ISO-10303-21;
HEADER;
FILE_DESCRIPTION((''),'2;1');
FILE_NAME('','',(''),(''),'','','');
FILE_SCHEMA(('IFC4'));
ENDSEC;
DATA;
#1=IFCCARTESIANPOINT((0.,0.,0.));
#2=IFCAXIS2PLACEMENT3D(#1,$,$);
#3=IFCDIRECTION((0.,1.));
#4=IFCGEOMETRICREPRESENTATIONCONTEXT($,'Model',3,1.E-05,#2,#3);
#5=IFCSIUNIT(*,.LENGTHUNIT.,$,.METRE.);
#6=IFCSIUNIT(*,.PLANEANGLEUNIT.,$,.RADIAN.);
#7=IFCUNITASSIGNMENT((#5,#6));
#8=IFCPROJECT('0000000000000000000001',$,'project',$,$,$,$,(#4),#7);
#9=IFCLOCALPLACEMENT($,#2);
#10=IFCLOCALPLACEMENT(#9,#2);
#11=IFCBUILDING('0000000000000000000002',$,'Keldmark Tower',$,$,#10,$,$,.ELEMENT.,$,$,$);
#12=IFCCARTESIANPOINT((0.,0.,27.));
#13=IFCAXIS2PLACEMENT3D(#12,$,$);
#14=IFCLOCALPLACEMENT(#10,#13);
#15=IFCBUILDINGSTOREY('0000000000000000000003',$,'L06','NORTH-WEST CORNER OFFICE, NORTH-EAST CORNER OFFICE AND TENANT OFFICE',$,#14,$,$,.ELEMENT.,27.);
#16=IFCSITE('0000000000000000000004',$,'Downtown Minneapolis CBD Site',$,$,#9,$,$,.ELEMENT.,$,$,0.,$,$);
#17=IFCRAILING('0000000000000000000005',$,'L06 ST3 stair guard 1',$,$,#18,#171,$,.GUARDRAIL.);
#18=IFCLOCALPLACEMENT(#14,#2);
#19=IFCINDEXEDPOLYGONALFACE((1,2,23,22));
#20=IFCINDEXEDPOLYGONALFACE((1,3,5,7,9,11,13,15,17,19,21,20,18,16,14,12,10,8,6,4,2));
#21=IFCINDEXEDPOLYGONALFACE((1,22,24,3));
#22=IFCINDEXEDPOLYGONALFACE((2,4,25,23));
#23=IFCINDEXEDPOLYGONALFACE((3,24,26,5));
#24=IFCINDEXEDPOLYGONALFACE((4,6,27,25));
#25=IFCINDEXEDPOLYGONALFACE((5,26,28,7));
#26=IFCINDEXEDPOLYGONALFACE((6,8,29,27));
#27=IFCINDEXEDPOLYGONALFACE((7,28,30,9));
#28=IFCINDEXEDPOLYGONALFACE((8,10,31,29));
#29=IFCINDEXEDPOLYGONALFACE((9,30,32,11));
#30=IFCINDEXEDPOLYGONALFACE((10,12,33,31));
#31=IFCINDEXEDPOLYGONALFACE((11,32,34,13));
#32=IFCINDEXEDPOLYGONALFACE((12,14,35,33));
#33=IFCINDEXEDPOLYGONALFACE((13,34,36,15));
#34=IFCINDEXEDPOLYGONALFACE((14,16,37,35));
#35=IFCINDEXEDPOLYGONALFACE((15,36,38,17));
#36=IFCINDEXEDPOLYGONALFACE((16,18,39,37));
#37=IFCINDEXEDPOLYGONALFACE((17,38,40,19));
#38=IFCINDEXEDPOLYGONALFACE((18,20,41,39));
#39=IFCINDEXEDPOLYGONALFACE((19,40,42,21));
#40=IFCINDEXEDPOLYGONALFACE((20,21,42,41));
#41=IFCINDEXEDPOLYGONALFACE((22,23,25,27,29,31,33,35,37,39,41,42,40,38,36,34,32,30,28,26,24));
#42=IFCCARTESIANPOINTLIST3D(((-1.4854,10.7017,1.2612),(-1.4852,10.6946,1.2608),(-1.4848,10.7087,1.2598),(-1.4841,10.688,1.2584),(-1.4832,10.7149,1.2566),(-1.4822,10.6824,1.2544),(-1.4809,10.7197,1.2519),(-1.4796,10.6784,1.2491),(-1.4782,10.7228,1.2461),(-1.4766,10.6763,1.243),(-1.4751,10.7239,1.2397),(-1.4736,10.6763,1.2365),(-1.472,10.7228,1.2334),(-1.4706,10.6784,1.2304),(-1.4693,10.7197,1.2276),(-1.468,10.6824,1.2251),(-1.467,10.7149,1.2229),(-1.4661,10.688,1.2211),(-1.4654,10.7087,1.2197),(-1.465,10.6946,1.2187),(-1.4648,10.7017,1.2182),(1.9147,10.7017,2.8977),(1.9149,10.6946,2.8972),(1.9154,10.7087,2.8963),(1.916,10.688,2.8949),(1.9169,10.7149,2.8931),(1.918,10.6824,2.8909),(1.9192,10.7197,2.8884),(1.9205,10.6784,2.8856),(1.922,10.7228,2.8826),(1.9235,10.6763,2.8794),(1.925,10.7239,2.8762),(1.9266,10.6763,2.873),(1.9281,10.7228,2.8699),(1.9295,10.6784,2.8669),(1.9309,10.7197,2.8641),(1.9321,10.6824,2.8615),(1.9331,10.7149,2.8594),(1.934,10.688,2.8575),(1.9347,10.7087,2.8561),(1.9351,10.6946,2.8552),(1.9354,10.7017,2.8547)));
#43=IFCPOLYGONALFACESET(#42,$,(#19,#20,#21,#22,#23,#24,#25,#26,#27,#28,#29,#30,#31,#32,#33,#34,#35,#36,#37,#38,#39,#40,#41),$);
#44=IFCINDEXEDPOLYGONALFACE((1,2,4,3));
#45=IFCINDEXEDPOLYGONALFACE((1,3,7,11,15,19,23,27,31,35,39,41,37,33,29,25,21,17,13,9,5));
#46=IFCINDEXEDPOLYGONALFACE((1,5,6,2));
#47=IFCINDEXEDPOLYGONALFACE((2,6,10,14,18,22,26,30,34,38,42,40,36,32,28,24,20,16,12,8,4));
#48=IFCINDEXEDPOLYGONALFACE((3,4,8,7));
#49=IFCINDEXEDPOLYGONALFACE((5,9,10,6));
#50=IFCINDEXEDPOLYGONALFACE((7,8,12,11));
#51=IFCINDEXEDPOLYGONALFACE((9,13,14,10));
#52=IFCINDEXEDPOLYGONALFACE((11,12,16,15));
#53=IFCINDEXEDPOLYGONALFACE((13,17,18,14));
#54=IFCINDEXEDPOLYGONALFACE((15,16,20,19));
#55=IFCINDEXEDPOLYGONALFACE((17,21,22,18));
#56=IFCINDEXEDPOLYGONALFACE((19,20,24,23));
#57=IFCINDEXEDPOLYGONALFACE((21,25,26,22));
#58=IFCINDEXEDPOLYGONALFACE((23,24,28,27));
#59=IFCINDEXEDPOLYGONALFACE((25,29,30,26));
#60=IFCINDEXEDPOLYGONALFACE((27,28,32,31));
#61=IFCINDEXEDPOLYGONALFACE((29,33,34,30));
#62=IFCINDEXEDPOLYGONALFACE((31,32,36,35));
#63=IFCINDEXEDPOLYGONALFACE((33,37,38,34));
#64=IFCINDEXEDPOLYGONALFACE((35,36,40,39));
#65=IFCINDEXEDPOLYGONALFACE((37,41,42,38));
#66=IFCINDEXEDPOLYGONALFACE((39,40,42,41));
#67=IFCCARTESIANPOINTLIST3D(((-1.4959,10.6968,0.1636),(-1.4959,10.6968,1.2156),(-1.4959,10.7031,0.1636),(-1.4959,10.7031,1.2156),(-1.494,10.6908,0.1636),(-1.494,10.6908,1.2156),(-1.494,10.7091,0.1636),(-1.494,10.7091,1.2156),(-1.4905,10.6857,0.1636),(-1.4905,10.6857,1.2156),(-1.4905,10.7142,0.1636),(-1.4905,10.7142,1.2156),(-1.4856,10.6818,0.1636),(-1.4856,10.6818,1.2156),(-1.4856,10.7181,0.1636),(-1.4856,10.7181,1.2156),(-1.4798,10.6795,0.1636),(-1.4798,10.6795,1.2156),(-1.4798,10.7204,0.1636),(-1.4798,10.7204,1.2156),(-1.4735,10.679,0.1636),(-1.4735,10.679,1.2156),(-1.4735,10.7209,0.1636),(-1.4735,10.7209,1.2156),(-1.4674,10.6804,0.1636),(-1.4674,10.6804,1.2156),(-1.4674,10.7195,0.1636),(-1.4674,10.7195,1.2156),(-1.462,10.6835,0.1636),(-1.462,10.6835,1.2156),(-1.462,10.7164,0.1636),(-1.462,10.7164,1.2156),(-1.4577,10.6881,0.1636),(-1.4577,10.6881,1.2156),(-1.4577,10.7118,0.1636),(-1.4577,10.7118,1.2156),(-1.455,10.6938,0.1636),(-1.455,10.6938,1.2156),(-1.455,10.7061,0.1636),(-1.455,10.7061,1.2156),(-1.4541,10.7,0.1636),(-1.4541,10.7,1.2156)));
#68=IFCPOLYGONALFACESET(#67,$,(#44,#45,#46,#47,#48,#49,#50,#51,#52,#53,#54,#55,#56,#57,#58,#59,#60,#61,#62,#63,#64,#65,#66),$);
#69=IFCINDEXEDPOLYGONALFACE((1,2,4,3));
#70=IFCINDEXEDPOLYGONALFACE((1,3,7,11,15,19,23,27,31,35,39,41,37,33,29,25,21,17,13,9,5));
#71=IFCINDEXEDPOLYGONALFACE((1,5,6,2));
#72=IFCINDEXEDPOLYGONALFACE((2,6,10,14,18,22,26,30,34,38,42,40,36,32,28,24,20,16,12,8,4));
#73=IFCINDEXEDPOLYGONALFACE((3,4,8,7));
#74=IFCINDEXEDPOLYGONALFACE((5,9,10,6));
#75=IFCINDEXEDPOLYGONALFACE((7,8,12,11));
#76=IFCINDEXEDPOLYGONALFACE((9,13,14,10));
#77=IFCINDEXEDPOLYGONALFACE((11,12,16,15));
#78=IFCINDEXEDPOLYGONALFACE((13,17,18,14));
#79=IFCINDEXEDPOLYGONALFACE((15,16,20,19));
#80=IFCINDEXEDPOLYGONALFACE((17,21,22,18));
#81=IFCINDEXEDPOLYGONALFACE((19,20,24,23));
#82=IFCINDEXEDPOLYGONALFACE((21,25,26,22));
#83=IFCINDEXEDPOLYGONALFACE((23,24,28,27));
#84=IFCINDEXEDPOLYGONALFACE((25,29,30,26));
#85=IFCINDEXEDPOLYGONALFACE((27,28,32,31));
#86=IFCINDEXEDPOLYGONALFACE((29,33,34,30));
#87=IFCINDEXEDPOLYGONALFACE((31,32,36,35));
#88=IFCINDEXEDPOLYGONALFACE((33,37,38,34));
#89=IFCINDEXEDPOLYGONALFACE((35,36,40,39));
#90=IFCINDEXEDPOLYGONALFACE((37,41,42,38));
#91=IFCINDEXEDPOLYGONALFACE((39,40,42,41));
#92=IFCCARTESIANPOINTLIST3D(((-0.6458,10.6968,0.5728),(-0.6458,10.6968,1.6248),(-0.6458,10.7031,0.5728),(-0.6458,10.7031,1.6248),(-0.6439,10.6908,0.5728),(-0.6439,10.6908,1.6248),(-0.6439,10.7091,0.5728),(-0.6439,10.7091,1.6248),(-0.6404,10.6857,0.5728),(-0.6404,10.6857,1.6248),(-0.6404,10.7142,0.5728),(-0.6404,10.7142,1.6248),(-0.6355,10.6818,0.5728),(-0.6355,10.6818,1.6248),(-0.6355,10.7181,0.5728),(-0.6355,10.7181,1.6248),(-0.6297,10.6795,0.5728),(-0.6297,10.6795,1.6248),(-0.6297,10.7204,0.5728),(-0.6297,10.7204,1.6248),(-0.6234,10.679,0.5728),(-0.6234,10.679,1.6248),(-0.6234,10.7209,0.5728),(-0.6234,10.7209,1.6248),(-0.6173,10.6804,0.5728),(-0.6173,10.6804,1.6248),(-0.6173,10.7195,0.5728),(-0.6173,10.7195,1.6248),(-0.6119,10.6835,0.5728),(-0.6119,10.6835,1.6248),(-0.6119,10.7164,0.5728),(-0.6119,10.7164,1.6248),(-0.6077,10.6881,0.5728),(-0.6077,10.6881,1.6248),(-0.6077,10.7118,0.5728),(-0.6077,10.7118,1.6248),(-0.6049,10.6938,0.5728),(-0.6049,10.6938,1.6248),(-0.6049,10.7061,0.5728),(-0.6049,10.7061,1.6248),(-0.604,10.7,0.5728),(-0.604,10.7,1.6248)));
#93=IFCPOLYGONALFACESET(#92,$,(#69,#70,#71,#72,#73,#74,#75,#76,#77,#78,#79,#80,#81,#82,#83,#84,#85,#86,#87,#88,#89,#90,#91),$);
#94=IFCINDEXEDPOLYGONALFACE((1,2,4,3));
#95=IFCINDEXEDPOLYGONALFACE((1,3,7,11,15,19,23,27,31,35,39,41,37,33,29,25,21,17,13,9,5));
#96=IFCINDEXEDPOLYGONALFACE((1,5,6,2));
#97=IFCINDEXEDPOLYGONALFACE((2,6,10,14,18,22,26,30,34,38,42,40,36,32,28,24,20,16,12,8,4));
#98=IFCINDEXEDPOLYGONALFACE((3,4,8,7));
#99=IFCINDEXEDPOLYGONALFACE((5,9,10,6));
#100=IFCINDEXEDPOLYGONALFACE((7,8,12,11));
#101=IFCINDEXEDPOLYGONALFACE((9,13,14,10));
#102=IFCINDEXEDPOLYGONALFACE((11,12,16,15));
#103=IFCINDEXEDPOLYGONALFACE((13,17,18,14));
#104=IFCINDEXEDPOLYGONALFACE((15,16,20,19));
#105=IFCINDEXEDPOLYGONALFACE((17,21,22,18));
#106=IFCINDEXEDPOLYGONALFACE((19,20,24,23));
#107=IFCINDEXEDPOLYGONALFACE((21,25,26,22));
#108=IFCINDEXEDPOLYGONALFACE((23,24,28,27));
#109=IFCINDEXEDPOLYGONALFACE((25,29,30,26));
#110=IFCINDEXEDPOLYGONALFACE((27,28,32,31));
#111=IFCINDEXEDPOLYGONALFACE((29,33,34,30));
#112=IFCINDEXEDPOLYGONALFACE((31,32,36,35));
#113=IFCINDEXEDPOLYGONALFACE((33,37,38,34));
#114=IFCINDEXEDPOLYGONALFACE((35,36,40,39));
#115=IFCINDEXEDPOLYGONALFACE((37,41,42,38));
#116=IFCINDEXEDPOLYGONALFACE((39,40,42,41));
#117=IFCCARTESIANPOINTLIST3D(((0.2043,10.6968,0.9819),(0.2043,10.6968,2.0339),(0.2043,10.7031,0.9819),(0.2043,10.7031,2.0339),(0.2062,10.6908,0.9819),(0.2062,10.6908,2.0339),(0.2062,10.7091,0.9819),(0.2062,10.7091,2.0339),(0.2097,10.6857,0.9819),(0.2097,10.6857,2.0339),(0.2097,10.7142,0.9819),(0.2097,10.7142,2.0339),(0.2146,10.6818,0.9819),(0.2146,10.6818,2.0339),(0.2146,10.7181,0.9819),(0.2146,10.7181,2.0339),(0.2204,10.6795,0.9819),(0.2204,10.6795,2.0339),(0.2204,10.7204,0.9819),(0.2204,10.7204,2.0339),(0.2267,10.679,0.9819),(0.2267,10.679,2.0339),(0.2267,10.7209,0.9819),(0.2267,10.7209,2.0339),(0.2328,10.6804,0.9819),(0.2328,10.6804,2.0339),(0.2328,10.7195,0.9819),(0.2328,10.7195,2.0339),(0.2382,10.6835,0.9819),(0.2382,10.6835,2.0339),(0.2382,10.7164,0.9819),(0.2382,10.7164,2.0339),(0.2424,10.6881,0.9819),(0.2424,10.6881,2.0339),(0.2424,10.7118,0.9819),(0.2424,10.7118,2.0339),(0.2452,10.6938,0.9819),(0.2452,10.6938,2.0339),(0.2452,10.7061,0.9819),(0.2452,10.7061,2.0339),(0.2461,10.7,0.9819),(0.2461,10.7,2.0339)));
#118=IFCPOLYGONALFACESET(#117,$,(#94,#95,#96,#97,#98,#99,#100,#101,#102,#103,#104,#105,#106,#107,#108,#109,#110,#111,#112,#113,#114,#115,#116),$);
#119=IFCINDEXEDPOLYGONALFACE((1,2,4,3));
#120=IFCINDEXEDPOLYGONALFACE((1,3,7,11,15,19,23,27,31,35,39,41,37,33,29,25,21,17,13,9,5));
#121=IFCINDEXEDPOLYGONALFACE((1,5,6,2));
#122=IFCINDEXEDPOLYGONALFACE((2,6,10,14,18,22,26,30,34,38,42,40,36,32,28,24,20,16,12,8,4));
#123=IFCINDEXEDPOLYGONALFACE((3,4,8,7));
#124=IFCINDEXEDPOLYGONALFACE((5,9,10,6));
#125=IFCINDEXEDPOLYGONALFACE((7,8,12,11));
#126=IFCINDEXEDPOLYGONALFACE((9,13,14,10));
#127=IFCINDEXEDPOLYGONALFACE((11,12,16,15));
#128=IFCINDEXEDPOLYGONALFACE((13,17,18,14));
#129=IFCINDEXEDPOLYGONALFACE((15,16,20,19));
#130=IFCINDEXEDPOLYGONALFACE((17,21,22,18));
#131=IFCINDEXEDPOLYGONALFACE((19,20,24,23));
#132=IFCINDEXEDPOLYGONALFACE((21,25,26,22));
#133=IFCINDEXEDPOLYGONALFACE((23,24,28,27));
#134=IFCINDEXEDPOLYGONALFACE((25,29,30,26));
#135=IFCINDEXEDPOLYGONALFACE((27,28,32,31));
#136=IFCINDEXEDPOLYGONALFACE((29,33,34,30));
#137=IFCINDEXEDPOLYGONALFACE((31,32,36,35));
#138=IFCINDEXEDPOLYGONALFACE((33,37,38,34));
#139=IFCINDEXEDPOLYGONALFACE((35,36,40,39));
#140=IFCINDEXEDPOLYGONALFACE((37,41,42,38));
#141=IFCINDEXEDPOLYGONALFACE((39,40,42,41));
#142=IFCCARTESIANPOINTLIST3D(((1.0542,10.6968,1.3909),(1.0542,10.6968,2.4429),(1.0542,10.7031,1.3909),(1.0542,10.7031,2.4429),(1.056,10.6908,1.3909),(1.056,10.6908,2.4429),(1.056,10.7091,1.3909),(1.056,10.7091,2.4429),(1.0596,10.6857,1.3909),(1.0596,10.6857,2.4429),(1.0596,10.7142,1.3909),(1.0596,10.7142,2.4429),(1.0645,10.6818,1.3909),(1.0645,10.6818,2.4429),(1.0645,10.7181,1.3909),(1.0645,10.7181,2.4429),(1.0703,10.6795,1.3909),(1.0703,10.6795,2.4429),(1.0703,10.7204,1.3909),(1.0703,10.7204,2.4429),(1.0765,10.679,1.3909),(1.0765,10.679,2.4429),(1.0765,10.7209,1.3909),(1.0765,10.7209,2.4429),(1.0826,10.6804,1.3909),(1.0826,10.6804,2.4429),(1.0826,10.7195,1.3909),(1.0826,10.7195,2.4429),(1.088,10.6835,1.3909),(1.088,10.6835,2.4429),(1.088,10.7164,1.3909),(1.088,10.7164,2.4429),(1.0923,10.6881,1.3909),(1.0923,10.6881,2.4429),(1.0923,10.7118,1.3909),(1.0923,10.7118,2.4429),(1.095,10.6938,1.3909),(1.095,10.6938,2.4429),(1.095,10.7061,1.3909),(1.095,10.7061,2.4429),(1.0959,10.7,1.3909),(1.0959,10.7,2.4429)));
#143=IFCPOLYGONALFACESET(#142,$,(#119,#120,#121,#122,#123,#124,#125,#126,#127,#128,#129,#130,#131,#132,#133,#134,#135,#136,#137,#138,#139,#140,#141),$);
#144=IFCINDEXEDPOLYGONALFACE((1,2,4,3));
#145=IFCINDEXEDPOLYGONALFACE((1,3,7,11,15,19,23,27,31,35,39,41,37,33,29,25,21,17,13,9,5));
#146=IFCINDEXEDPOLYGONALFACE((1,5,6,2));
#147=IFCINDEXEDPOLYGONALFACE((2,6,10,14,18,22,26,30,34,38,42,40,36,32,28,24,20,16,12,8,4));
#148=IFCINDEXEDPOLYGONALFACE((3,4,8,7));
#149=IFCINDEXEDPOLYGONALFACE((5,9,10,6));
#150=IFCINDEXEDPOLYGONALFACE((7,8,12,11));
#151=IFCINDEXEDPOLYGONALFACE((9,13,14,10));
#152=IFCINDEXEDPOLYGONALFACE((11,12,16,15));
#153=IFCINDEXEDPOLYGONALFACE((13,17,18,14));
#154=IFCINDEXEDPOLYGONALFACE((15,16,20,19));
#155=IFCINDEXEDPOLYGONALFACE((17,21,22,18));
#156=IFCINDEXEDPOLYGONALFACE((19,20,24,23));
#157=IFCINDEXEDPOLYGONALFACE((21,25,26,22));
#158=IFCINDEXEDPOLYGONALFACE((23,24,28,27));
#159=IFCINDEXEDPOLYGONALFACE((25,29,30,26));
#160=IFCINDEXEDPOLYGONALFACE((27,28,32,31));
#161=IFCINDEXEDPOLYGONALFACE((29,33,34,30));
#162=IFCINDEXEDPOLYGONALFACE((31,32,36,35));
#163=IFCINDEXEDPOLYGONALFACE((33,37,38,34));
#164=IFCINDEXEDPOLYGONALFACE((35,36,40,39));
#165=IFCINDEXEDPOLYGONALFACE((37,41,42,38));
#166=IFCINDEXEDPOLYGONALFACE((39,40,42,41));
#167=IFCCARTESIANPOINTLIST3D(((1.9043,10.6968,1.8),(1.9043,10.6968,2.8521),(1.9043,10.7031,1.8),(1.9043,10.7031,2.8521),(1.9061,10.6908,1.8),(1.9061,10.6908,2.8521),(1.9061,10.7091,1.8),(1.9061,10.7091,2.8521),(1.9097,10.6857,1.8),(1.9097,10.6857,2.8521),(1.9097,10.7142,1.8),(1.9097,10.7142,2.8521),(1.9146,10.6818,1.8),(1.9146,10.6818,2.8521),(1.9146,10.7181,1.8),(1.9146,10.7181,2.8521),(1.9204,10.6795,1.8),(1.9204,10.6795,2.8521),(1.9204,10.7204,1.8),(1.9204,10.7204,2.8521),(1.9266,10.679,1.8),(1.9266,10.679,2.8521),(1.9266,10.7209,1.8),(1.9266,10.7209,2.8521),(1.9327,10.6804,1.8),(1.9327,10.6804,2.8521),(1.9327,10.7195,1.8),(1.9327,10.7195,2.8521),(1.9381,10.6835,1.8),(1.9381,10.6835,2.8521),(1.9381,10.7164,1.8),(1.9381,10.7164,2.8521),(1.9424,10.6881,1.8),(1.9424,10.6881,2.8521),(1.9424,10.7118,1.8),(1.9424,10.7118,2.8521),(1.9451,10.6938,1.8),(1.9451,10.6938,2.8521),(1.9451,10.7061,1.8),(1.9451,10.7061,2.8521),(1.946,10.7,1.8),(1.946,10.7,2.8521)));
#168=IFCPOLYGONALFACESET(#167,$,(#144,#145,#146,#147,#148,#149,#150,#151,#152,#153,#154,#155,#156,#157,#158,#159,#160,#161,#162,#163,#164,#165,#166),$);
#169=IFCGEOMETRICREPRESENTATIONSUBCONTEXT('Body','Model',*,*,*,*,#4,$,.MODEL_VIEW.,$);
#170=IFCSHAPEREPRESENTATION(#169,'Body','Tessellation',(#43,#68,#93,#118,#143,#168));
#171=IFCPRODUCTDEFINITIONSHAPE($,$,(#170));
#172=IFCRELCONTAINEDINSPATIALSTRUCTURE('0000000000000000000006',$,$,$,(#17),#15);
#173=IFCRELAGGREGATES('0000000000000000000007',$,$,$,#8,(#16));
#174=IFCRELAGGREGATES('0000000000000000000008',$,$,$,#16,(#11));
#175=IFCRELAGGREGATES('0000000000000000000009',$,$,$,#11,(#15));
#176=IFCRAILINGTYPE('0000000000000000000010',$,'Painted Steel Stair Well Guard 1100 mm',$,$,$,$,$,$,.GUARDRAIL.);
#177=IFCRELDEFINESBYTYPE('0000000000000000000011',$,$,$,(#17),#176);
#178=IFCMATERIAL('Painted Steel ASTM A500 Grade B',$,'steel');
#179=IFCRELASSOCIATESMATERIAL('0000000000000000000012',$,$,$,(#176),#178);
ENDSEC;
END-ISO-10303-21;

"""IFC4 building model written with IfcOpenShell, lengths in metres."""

from ifc_helpers import new_model, si_unit, direction, frame, origin, origin_2d, place, context, subcontext, project, spatial, circle, extrude, material, type_object, element, save


model = new_model("IFC4")

# Units and contexts
model_context = context("Model", 3, precision=1e-05, world=origin(), true_north=direction((0.0, 1.0)))
body_context = subcontext(model_context, "Body", "Model", "MODEL_VIEW")
ifc_project = project(units=[si_unit("LENGTHUNIT", "METRE"), si_unit("PLANEANGLEUNIT", "RADIAN")], contexts=[model_context])

# Site, building, storey
site_placement = place(None, origin())
site = spatial("IfcSite", under=ifc_project, at=site_placement, Name="Downtown Minneapolis CBD Site", CompositionType="ELEMENT", RefElevation=0.0)
building_placement = place(site_placement, origin())
building = spatial("IfcBuilding", under=site, at=building_placement, Name="Keldmark Tower", CompositionType="ELEMENT")
storey_placement = place(building_placement, frame((0.0, 0.0, 27.0)))
storey = spatial("IfcBuildingStorey", under=building, at=storey_placement, Name="L06", Description="NORTH-WEST CORNER OFFICE, NORTH-EAST CORNER OFFICE AND TENANT OFFICE", CompositionType="ELEMENT", Elevation=27.0)

# Railing
ifc_material_1 = material(Name="Painted Steel ASTM A500 Grade B", Category="steel")
railing_type = type_object("IfcRailingType", Name="Painted Steel Stair Well Guard 1100 mm", PredefinedType="GUARDRAIL", material=ifc_material_1)
railing_1_placement = place(storey_placement, frame((-1.4751, 10.7, 0.1636)))
element("IfcRailing", 1, at=railing_1_placement, inside=storey, type_object=railing_type, Name="L06 ST3 stair guard 1", PredefinedType="GUARDRAIL", context=body_context, shape_type="SweptSolid", body=[
    extrude(circle(Radius=0.0239, at=origin_2d()), frame((0.0, 0.0, 1.0762), z_axis=(0.901067, 0.0, 0.433679), x_axis=(0.0, 1.0, 0.0)), (0.0, 0.0, 1.0), 3.7734),
    extrude(circle(Radius=0.021, at=origin_2d()), origin(), (0.0, 0.0, 1.0), 1.052),
    extrude(circle(Radius=0.021, at=origin_2d()), frame((0.8501, 0.0, 0.4092)), (0.0, 0.0, 1.0), 1.052),
    extrude(circle(Radius=0.021, at=origin_2d()), frame((1.7002, 0.0, 0.8184)), (0.0, 0.0, 1.0), 1.052),
    extrude(circle(Radius=0.021, at=origin_2d()), frame((2.55, 0.0, 1.2273)), (0.0, 0.0, 1.0), 1.052),
    extrude(circle(Radius=0.021, at=origin_2d()), frame((3.4001, 0.0, 1.6365)), (0.0, 0.0, 1.0), 1.052),
])

save(model, "model.ifc")
